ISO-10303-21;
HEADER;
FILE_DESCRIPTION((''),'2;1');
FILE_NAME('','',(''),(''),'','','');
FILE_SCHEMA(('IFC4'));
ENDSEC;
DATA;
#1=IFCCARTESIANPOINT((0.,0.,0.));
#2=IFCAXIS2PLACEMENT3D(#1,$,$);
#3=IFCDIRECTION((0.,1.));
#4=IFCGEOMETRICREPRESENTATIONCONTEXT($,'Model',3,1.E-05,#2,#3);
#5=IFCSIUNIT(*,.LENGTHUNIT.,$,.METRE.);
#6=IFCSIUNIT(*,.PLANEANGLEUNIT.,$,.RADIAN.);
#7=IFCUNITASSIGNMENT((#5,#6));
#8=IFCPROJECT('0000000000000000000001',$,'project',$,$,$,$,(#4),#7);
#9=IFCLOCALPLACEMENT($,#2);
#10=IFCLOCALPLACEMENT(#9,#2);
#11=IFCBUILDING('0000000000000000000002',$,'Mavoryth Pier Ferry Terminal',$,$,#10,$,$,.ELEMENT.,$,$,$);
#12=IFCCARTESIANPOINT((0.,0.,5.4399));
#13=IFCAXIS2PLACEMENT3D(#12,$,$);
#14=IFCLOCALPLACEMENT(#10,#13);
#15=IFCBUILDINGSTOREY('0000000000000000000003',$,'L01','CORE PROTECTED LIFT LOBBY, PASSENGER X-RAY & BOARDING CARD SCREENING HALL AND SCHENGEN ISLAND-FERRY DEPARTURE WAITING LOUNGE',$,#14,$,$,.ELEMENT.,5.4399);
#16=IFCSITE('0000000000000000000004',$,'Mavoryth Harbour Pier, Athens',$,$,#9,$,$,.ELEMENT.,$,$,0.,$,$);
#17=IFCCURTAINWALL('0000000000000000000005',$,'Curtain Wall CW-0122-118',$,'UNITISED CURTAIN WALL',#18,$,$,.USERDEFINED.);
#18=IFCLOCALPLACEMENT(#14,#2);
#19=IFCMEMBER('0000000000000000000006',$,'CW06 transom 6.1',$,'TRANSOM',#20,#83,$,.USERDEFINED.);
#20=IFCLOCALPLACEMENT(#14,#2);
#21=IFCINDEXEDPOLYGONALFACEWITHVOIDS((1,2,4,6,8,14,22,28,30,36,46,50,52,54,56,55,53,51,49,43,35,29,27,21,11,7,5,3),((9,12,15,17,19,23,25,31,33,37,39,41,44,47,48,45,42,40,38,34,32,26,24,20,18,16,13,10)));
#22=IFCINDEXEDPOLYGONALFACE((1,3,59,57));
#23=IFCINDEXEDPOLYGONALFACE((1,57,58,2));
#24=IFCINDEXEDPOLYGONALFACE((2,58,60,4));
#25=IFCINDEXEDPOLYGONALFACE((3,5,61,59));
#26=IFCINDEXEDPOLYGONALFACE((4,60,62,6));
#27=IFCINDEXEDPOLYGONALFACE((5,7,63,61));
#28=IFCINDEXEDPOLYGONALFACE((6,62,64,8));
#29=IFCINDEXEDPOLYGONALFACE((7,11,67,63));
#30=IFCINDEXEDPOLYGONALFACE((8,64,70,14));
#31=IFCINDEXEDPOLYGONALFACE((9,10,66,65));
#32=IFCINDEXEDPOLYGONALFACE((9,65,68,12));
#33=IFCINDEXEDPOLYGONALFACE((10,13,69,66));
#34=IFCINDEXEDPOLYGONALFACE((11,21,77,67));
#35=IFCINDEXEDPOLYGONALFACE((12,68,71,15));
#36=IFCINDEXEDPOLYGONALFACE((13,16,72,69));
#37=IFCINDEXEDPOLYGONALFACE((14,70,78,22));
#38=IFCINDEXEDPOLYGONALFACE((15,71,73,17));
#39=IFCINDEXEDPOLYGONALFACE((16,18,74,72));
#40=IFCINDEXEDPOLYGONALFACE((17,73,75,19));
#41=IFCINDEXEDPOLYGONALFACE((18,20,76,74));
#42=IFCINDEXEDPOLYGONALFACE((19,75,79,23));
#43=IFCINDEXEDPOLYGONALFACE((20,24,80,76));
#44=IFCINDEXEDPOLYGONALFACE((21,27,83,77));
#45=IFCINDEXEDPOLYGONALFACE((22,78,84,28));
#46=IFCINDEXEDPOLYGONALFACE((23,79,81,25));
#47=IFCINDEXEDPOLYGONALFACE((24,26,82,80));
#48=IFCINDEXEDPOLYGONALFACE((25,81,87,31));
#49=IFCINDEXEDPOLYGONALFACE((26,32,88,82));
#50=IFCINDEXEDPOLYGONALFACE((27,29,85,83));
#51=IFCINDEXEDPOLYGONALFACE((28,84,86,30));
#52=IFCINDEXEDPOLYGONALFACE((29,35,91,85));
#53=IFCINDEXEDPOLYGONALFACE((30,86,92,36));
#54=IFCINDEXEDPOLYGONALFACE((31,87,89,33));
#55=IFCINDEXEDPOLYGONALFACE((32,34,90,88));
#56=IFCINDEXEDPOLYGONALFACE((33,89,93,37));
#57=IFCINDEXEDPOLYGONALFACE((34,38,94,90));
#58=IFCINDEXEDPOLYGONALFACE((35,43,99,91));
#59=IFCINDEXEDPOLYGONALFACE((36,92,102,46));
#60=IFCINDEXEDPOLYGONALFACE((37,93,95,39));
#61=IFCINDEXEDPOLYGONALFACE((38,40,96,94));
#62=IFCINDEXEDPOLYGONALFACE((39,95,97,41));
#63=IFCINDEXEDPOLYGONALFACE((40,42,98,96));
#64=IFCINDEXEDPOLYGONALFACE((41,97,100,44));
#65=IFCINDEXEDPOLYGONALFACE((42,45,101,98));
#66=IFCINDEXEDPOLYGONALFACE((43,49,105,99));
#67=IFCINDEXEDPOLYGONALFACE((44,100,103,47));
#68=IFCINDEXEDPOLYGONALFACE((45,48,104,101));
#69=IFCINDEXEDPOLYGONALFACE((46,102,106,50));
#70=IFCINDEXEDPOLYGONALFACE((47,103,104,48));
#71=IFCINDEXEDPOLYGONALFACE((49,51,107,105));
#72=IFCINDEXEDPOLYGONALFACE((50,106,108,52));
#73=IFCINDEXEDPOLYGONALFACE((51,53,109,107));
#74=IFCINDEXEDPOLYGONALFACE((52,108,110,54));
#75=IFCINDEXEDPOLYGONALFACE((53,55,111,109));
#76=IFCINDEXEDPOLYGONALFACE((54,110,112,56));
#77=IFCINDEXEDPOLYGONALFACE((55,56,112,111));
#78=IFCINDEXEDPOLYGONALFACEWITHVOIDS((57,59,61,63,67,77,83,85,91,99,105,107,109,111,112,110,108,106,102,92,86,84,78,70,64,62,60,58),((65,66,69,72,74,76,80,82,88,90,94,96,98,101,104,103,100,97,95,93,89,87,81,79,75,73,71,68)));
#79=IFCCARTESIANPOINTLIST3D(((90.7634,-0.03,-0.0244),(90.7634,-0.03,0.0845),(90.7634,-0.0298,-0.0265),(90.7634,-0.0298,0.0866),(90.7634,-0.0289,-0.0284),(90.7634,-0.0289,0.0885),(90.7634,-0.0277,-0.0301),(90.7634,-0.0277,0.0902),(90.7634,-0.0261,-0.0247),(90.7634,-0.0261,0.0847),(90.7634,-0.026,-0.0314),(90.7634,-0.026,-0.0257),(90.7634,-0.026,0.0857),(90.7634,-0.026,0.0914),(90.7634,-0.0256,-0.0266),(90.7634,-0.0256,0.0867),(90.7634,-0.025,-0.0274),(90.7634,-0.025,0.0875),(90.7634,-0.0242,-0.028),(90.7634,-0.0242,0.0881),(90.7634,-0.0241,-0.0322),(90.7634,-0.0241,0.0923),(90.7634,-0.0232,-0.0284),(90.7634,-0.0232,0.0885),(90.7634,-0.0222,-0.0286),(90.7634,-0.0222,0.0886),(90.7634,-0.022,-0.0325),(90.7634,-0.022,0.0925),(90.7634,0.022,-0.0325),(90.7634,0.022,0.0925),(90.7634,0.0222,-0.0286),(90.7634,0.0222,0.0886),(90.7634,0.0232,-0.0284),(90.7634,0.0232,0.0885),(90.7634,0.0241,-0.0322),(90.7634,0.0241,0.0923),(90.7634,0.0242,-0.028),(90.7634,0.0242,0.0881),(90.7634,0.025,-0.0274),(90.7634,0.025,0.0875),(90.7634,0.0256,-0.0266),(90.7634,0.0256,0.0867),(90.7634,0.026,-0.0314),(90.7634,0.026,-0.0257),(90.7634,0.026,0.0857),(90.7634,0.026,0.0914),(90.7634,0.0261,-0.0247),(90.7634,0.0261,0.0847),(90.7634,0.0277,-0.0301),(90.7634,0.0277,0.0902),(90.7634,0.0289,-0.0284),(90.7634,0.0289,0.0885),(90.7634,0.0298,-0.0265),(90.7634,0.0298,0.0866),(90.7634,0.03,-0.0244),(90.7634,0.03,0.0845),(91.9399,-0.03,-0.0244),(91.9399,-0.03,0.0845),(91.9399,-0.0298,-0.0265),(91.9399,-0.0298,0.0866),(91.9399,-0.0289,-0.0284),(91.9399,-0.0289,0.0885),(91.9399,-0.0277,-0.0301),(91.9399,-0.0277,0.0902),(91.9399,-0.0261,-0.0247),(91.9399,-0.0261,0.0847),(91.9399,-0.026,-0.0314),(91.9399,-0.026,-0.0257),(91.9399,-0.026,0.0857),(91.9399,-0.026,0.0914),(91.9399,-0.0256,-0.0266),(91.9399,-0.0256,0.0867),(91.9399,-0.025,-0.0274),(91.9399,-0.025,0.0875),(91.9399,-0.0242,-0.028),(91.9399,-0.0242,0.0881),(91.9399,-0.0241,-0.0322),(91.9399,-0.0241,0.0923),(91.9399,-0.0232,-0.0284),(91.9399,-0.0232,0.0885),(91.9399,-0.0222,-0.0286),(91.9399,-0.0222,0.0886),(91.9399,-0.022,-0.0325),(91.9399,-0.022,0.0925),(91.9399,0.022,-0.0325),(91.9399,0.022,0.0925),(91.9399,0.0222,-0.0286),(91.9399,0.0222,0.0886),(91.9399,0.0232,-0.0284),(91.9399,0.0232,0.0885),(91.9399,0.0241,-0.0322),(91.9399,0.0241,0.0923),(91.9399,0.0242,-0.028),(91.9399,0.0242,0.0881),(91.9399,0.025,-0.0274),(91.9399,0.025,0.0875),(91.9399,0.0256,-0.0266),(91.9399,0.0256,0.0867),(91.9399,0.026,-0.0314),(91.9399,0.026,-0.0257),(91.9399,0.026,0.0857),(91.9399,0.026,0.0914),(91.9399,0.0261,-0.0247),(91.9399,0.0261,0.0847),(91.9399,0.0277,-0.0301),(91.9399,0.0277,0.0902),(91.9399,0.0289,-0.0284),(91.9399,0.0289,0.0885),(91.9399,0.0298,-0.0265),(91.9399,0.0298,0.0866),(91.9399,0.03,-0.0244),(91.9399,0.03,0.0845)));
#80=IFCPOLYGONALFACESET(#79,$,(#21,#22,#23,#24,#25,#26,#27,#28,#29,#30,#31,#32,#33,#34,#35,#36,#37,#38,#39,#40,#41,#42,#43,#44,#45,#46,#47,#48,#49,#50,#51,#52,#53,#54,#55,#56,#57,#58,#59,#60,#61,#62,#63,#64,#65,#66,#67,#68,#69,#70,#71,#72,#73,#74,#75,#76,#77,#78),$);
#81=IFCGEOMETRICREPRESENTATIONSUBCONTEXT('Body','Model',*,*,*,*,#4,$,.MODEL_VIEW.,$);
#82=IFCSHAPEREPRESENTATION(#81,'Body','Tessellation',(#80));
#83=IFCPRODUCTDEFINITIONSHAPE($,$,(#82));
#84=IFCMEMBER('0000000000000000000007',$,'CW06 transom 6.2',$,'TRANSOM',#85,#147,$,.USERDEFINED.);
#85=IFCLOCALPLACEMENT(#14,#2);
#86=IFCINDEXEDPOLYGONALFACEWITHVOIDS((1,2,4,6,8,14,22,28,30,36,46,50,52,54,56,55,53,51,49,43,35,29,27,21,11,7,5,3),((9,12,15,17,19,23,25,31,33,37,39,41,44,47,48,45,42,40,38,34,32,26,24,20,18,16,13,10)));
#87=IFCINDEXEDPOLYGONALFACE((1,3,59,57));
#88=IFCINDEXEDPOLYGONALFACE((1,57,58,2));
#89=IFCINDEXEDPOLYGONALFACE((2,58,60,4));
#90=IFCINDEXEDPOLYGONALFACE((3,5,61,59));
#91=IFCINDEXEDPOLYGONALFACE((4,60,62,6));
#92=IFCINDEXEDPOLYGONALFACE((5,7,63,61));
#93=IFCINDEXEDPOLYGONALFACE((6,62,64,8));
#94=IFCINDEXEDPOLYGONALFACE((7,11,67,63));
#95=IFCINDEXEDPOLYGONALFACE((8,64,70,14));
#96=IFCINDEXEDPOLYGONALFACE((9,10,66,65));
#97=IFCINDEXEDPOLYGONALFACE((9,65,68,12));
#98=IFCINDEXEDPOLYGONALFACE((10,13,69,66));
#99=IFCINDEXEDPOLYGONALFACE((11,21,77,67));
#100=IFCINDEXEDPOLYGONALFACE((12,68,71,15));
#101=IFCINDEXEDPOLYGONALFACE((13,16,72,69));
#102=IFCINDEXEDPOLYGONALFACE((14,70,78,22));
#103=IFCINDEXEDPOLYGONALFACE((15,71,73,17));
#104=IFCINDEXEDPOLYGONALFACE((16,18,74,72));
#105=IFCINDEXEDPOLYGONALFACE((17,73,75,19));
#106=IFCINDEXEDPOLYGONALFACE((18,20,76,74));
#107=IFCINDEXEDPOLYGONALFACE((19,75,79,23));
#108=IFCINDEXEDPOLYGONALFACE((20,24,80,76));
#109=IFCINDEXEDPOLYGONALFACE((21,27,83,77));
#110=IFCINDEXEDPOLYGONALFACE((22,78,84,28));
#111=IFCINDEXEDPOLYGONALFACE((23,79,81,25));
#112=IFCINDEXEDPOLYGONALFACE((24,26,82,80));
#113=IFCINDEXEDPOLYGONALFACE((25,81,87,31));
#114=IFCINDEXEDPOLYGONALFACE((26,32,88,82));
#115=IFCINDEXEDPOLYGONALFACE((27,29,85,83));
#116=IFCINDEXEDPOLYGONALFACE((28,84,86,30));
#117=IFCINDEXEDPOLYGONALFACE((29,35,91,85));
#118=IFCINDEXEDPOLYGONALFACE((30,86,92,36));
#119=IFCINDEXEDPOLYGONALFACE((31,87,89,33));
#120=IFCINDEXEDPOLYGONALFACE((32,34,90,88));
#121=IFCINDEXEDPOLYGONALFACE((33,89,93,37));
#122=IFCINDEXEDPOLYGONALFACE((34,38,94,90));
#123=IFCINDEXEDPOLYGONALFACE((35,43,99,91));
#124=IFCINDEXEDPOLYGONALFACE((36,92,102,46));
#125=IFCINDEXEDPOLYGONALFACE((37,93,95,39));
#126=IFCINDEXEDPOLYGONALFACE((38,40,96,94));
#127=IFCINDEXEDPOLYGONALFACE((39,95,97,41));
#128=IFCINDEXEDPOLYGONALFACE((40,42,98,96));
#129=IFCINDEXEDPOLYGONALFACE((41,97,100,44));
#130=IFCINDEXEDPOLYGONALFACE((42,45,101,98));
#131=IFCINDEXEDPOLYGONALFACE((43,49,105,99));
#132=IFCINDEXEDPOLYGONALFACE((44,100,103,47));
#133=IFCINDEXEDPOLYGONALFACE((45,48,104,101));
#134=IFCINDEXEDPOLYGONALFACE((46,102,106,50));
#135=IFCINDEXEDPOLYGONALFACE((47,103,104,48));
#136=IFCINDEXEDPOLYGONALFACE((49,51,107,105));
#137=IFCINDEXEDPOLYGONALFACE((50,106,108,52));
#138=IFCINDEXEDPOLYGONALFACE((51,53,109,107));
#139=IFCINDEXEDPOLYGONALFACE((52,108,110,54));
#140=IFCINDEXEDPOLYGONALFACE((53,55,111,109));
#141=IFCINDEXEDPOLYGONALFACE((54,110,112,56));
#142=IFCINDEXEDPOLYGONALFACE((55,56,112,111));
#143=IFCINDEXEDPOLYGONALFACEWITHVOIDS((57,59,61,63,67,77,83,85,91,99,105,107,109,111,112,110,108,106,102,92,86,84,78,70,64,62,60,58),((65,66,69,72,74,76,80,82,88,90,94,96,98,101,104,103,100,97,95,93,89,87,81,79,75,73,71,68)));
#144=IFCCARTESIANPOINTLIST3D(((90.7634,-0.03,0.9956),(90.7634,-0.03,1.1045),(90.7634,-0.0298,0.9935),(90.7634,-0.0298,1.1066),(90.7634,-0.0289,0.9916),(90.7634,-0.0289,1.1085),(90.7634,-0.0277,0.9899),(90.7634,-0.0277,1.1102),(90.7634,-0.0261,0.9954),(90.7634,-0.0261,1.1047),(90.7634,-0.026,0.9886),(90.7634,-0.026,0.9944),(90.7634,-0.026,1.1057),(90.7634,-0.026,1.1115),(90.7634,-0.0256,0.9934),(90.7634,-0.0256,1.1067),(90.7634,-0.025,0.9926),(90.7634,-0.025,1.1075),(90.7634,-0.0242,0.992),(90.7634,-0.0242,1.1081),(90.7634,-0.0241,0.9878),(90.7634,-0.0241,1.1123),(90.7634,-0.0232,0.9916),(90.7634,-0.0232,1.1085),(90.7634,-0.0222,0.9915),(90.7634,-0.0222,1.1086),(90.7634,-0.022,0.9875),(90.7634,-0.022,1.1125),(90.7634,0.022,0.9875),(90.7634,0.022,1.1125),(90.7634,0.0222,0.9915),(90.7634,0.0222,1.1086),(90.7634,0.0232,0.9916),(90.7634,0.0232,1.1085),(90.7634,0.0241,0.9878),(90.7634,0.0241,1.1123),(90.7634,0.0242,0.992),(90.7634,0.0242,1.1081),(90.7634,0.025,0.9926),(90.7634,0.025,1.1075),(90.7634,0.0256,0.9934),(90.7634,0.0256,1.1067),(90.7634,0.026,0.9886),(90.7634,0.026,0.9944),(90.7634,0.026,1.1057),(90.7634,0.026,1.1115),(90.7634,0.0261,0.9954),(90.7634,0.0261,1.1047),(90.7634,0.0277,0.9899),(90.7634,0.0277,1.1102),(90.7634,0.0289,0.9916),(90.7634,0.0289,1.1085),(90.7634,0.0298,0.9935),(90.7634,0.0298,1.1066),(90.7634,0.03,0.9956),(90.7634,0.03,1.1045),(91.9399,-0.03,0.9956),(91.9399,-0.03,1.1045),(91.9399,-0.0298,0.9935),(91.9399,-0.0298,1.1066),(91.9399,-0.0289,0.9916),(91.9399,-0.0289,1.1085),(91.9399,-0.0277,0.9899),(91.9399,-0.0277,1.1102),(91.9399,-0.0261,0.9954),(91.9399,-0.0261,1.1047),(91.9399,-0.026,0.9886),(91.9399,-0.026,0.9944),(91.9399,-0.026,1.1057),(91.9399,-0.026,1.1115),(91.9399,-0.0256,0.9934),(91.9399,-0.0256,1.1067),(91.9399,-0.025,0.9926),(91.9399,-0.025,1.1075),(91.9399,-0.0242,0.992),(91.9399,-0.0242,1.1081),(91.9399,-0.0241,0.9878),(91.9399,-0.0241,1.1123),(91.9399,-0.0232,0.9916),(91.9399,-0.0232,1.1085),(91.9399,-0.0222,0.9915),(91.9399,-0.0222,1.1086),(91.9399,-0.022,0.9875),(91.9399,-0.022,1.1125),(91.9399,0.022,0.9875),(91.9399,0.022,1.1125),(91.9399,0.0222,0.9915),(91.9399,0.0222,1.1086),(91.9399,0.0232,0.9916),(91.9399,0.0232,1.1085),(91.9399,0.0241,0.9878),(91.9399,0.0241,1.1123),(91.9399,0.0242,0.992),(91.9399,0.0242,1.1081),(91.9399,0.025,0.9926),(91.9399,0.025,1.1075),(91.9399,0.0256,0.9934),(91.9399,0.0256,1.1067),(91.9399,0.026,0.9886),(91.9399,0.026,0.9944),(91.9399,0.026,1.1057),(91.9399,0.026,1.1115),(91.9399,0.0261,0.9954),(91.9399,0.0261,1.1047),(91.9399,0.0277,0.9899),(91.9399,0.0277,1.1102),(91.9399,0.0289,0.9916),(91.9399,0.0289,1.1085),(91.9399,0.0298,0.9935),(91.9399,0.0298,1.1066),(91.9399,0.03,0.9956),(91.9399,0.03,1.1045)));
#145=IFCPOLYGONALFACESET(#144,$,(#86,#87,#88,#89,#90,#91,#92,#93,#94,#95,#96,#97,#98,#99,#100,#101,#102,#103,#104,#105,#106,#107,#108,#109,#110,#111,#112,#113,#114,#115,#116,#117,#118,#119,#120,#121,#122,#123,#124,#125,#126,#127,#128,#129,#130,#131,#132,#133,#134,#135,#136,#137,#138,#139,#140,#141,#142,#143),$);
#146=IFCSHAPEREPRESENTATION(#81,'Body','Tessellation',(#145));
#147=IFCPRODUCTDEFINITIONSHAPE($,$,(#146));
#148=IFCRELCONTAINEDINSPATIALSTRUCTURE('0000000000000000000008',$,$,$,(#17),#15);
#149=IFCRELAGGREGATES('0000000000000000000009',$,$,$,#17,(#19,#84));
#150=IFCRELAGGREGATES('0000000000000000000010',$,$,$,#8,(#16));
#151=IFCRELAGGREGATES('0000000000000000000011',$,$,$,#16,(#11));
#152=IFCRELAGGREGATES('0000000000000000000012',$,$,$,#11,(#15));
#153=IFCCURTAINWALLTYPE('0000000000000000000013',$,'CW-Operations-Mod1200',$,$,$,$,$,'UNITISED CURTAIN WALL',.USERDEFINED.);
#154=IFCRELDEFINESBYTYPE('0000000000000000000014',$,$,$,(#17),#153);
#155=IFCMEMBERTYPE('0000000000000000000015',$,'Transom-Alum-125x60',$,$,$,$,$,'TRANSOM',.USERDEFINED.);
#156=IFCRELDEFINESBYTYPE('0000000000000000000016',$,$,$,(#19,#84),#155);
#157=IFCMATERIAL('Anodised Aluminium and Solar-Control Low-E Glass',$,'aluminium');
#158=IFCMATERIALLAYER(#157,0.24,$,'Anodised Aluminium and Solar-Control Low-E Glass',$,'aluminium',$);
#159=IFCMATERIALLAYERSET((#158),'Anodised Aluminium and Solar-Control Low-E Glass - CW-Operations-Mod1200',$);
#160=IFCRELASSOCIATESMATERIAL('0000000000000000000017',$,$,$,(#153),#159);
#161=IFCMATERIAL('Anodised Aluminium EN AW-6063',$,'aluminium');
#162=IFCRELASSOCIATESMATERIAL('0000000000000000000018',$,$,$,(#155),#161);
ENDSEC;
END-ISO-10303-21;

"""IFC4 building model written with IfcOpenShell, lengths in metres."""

from ifc_helpers import new_model, si_unit, direction, frame, origin, origin_2d, place, context, subcontext, project, spatial, hollow_rectangle, extrude, material, layer, layer_set, material_profile, profile_set, type_object, element, aggregate, save


model = new_model("IFC4")

# Units and contexts
model_context = context("Model", 3, precision=1e-05, world=origin(), true_north=direction((0.0, 1.0)))
body_context = subcontext(model_context, "Body", "Model", "MODEL_VIEW")
ifc_project = project(units=[si_unit("LENGTHUNIT", "METRE"), si_unit("PLANEANGLEUNIT", "RADIAN")], contexts=[model_context])

# Site, building, storey
site_placement = place(None, origin())
site = spatial("IfcSite", under=ifc_project, at=site_placement, Name="Mavoryth Harbour Pier, Athens", CompositionType="ELEMENT", RefElevation=0.0)
building_placement = place(site_placement, origin())
building = spatial("IfcBuilding", under=site, at=building_placement, Name="Mavoryth Pier Ferry Terminal", CompositionType="ELEMENT")
storey_placement = place(building_placement, frame((0.0, 0.0, 5.4399)))
storey = spatial("IfcBuildingStorey", under=building, at=storey_placement, Name="L01", Description="CORE PROTECTED LIFT LOBBY, PASSENGER X-RAY & BOARDING CARD SCREENING HALL AND SCHENGEN ISLAND-FERRY DEPARTURE WAITING LOUNGE", CompositionType="ELEMENT", Elevation=5.4399)

# Curtain wall
ifc_material_1 = material(Name="Anodised Aluminium and Solar-Control Low-E Glass", Category="aluminium")
ifc_layer_1 = layer(ifc_material_1, 0.24, Name="Anodised Aluminium and Solar-Control Low-E Glass", Category="aluminium")
ifc_layer_set_1 = layer_set([ifc_layer_1], Name="Anodised Aluminium and Solar-Control Low-E Glass - CW-Operations-Mod1200")
curtain_wall_type = type_object("IfcCurtainWallType", Name="CW-Operations-Mod1200", ElementType="UNITISED CURTAIN WALL", PredefinedType="USERDEFINED", material=ifc_layer_set_1)
curtain_wall_1_placement = place(storey_placement, origin())
curtain_wall_1 = element("IfcCurtainWall", 1, at=curtain_wall_1_placement, inside=storey, type_object=curtain_wall_type, Name="Curtain Wall CW-0122-118", ObjectType="UNITISED CURTAIN WALL", PredefinedType="USERDEFINED")
ifc_material_2 = material(Name="Anodised Aluminium EN AW-6063", Category="aluminium")

# Members
ifc_material_profile_1 = material_profile(ifc_material_2, hollow_rectangle(XDim=0.0601, YDim=0.125, WallThickness=0.0039, InnerFilletRadius=0.0039, OuterFilletRadius=0.0081, at=origin_2d()), Name="AL-TRAN 125x60x4", Category="aluminium")
ifc_profile_set_1 = profile_set([ifc_material_profile_1], Name="Anodised Aluminium EN AW-6063 - AL-TRAN 125x60x4")
member_type_1 = type_object("IfcMemberType", Name="Transom-Alum-125x60", ElementType="TRANSOM", PredefinedType="USERDEFINED", material=ifc_profile_set_1)
member_1_placement = place(storey_placement, frame((90.7634, 0.0, 0.03), z_axis=(1.0, 0.0, 0.0), x_axis=(0.0, 1.0, 0.0)))
member_1 = element("IfcMember", 2, at=member_1_placement, type_object=member_type_1, Name="CW06 transom 6.1", ObjectType="TRANSOM", PredefinedType="USERDEFINED", context=body_context, shape_type="SweptSolid", body=[
    extrude(hollow_rectangle(XDim=0.0601, YDim=0.125, WallThickness=0.0039, InnerFilletRadius=0.0039, OuterFilletRadius=0.0081, at=origin_2d()), origin(), (0.0, 0.0, 1.0), 1.1765),
])
member_2_placement = place(storey_placement, frame((90.7634, 0.0, 1.05), z_axis=(1.0, 0.0, 0.0), x_axis=(0.0, 1.0, 0.0)))
member_2 = element("IfcMember", 3, at=member_2_placement, type_object=member_type_1, Name="CW06 transom 6.2", ObjectType="TRANSOM", PredefinedType="USERDEFINED", context=body_context, shape_type="SweptSolid", body=[
    extrude(hollow_rectangle(XDim=0.0601, YDim=0.125, WallThickness=0.0039, InnerFilletRadius=0.0039, OuterFilletRadius=0.0081, at=origin_2d()), origin(), (0.0, 0.0, 1.0), 1.1765),
])

aggregate(curtain_wall_1, [member_1, member_2])

save(model, "model.ifc")
